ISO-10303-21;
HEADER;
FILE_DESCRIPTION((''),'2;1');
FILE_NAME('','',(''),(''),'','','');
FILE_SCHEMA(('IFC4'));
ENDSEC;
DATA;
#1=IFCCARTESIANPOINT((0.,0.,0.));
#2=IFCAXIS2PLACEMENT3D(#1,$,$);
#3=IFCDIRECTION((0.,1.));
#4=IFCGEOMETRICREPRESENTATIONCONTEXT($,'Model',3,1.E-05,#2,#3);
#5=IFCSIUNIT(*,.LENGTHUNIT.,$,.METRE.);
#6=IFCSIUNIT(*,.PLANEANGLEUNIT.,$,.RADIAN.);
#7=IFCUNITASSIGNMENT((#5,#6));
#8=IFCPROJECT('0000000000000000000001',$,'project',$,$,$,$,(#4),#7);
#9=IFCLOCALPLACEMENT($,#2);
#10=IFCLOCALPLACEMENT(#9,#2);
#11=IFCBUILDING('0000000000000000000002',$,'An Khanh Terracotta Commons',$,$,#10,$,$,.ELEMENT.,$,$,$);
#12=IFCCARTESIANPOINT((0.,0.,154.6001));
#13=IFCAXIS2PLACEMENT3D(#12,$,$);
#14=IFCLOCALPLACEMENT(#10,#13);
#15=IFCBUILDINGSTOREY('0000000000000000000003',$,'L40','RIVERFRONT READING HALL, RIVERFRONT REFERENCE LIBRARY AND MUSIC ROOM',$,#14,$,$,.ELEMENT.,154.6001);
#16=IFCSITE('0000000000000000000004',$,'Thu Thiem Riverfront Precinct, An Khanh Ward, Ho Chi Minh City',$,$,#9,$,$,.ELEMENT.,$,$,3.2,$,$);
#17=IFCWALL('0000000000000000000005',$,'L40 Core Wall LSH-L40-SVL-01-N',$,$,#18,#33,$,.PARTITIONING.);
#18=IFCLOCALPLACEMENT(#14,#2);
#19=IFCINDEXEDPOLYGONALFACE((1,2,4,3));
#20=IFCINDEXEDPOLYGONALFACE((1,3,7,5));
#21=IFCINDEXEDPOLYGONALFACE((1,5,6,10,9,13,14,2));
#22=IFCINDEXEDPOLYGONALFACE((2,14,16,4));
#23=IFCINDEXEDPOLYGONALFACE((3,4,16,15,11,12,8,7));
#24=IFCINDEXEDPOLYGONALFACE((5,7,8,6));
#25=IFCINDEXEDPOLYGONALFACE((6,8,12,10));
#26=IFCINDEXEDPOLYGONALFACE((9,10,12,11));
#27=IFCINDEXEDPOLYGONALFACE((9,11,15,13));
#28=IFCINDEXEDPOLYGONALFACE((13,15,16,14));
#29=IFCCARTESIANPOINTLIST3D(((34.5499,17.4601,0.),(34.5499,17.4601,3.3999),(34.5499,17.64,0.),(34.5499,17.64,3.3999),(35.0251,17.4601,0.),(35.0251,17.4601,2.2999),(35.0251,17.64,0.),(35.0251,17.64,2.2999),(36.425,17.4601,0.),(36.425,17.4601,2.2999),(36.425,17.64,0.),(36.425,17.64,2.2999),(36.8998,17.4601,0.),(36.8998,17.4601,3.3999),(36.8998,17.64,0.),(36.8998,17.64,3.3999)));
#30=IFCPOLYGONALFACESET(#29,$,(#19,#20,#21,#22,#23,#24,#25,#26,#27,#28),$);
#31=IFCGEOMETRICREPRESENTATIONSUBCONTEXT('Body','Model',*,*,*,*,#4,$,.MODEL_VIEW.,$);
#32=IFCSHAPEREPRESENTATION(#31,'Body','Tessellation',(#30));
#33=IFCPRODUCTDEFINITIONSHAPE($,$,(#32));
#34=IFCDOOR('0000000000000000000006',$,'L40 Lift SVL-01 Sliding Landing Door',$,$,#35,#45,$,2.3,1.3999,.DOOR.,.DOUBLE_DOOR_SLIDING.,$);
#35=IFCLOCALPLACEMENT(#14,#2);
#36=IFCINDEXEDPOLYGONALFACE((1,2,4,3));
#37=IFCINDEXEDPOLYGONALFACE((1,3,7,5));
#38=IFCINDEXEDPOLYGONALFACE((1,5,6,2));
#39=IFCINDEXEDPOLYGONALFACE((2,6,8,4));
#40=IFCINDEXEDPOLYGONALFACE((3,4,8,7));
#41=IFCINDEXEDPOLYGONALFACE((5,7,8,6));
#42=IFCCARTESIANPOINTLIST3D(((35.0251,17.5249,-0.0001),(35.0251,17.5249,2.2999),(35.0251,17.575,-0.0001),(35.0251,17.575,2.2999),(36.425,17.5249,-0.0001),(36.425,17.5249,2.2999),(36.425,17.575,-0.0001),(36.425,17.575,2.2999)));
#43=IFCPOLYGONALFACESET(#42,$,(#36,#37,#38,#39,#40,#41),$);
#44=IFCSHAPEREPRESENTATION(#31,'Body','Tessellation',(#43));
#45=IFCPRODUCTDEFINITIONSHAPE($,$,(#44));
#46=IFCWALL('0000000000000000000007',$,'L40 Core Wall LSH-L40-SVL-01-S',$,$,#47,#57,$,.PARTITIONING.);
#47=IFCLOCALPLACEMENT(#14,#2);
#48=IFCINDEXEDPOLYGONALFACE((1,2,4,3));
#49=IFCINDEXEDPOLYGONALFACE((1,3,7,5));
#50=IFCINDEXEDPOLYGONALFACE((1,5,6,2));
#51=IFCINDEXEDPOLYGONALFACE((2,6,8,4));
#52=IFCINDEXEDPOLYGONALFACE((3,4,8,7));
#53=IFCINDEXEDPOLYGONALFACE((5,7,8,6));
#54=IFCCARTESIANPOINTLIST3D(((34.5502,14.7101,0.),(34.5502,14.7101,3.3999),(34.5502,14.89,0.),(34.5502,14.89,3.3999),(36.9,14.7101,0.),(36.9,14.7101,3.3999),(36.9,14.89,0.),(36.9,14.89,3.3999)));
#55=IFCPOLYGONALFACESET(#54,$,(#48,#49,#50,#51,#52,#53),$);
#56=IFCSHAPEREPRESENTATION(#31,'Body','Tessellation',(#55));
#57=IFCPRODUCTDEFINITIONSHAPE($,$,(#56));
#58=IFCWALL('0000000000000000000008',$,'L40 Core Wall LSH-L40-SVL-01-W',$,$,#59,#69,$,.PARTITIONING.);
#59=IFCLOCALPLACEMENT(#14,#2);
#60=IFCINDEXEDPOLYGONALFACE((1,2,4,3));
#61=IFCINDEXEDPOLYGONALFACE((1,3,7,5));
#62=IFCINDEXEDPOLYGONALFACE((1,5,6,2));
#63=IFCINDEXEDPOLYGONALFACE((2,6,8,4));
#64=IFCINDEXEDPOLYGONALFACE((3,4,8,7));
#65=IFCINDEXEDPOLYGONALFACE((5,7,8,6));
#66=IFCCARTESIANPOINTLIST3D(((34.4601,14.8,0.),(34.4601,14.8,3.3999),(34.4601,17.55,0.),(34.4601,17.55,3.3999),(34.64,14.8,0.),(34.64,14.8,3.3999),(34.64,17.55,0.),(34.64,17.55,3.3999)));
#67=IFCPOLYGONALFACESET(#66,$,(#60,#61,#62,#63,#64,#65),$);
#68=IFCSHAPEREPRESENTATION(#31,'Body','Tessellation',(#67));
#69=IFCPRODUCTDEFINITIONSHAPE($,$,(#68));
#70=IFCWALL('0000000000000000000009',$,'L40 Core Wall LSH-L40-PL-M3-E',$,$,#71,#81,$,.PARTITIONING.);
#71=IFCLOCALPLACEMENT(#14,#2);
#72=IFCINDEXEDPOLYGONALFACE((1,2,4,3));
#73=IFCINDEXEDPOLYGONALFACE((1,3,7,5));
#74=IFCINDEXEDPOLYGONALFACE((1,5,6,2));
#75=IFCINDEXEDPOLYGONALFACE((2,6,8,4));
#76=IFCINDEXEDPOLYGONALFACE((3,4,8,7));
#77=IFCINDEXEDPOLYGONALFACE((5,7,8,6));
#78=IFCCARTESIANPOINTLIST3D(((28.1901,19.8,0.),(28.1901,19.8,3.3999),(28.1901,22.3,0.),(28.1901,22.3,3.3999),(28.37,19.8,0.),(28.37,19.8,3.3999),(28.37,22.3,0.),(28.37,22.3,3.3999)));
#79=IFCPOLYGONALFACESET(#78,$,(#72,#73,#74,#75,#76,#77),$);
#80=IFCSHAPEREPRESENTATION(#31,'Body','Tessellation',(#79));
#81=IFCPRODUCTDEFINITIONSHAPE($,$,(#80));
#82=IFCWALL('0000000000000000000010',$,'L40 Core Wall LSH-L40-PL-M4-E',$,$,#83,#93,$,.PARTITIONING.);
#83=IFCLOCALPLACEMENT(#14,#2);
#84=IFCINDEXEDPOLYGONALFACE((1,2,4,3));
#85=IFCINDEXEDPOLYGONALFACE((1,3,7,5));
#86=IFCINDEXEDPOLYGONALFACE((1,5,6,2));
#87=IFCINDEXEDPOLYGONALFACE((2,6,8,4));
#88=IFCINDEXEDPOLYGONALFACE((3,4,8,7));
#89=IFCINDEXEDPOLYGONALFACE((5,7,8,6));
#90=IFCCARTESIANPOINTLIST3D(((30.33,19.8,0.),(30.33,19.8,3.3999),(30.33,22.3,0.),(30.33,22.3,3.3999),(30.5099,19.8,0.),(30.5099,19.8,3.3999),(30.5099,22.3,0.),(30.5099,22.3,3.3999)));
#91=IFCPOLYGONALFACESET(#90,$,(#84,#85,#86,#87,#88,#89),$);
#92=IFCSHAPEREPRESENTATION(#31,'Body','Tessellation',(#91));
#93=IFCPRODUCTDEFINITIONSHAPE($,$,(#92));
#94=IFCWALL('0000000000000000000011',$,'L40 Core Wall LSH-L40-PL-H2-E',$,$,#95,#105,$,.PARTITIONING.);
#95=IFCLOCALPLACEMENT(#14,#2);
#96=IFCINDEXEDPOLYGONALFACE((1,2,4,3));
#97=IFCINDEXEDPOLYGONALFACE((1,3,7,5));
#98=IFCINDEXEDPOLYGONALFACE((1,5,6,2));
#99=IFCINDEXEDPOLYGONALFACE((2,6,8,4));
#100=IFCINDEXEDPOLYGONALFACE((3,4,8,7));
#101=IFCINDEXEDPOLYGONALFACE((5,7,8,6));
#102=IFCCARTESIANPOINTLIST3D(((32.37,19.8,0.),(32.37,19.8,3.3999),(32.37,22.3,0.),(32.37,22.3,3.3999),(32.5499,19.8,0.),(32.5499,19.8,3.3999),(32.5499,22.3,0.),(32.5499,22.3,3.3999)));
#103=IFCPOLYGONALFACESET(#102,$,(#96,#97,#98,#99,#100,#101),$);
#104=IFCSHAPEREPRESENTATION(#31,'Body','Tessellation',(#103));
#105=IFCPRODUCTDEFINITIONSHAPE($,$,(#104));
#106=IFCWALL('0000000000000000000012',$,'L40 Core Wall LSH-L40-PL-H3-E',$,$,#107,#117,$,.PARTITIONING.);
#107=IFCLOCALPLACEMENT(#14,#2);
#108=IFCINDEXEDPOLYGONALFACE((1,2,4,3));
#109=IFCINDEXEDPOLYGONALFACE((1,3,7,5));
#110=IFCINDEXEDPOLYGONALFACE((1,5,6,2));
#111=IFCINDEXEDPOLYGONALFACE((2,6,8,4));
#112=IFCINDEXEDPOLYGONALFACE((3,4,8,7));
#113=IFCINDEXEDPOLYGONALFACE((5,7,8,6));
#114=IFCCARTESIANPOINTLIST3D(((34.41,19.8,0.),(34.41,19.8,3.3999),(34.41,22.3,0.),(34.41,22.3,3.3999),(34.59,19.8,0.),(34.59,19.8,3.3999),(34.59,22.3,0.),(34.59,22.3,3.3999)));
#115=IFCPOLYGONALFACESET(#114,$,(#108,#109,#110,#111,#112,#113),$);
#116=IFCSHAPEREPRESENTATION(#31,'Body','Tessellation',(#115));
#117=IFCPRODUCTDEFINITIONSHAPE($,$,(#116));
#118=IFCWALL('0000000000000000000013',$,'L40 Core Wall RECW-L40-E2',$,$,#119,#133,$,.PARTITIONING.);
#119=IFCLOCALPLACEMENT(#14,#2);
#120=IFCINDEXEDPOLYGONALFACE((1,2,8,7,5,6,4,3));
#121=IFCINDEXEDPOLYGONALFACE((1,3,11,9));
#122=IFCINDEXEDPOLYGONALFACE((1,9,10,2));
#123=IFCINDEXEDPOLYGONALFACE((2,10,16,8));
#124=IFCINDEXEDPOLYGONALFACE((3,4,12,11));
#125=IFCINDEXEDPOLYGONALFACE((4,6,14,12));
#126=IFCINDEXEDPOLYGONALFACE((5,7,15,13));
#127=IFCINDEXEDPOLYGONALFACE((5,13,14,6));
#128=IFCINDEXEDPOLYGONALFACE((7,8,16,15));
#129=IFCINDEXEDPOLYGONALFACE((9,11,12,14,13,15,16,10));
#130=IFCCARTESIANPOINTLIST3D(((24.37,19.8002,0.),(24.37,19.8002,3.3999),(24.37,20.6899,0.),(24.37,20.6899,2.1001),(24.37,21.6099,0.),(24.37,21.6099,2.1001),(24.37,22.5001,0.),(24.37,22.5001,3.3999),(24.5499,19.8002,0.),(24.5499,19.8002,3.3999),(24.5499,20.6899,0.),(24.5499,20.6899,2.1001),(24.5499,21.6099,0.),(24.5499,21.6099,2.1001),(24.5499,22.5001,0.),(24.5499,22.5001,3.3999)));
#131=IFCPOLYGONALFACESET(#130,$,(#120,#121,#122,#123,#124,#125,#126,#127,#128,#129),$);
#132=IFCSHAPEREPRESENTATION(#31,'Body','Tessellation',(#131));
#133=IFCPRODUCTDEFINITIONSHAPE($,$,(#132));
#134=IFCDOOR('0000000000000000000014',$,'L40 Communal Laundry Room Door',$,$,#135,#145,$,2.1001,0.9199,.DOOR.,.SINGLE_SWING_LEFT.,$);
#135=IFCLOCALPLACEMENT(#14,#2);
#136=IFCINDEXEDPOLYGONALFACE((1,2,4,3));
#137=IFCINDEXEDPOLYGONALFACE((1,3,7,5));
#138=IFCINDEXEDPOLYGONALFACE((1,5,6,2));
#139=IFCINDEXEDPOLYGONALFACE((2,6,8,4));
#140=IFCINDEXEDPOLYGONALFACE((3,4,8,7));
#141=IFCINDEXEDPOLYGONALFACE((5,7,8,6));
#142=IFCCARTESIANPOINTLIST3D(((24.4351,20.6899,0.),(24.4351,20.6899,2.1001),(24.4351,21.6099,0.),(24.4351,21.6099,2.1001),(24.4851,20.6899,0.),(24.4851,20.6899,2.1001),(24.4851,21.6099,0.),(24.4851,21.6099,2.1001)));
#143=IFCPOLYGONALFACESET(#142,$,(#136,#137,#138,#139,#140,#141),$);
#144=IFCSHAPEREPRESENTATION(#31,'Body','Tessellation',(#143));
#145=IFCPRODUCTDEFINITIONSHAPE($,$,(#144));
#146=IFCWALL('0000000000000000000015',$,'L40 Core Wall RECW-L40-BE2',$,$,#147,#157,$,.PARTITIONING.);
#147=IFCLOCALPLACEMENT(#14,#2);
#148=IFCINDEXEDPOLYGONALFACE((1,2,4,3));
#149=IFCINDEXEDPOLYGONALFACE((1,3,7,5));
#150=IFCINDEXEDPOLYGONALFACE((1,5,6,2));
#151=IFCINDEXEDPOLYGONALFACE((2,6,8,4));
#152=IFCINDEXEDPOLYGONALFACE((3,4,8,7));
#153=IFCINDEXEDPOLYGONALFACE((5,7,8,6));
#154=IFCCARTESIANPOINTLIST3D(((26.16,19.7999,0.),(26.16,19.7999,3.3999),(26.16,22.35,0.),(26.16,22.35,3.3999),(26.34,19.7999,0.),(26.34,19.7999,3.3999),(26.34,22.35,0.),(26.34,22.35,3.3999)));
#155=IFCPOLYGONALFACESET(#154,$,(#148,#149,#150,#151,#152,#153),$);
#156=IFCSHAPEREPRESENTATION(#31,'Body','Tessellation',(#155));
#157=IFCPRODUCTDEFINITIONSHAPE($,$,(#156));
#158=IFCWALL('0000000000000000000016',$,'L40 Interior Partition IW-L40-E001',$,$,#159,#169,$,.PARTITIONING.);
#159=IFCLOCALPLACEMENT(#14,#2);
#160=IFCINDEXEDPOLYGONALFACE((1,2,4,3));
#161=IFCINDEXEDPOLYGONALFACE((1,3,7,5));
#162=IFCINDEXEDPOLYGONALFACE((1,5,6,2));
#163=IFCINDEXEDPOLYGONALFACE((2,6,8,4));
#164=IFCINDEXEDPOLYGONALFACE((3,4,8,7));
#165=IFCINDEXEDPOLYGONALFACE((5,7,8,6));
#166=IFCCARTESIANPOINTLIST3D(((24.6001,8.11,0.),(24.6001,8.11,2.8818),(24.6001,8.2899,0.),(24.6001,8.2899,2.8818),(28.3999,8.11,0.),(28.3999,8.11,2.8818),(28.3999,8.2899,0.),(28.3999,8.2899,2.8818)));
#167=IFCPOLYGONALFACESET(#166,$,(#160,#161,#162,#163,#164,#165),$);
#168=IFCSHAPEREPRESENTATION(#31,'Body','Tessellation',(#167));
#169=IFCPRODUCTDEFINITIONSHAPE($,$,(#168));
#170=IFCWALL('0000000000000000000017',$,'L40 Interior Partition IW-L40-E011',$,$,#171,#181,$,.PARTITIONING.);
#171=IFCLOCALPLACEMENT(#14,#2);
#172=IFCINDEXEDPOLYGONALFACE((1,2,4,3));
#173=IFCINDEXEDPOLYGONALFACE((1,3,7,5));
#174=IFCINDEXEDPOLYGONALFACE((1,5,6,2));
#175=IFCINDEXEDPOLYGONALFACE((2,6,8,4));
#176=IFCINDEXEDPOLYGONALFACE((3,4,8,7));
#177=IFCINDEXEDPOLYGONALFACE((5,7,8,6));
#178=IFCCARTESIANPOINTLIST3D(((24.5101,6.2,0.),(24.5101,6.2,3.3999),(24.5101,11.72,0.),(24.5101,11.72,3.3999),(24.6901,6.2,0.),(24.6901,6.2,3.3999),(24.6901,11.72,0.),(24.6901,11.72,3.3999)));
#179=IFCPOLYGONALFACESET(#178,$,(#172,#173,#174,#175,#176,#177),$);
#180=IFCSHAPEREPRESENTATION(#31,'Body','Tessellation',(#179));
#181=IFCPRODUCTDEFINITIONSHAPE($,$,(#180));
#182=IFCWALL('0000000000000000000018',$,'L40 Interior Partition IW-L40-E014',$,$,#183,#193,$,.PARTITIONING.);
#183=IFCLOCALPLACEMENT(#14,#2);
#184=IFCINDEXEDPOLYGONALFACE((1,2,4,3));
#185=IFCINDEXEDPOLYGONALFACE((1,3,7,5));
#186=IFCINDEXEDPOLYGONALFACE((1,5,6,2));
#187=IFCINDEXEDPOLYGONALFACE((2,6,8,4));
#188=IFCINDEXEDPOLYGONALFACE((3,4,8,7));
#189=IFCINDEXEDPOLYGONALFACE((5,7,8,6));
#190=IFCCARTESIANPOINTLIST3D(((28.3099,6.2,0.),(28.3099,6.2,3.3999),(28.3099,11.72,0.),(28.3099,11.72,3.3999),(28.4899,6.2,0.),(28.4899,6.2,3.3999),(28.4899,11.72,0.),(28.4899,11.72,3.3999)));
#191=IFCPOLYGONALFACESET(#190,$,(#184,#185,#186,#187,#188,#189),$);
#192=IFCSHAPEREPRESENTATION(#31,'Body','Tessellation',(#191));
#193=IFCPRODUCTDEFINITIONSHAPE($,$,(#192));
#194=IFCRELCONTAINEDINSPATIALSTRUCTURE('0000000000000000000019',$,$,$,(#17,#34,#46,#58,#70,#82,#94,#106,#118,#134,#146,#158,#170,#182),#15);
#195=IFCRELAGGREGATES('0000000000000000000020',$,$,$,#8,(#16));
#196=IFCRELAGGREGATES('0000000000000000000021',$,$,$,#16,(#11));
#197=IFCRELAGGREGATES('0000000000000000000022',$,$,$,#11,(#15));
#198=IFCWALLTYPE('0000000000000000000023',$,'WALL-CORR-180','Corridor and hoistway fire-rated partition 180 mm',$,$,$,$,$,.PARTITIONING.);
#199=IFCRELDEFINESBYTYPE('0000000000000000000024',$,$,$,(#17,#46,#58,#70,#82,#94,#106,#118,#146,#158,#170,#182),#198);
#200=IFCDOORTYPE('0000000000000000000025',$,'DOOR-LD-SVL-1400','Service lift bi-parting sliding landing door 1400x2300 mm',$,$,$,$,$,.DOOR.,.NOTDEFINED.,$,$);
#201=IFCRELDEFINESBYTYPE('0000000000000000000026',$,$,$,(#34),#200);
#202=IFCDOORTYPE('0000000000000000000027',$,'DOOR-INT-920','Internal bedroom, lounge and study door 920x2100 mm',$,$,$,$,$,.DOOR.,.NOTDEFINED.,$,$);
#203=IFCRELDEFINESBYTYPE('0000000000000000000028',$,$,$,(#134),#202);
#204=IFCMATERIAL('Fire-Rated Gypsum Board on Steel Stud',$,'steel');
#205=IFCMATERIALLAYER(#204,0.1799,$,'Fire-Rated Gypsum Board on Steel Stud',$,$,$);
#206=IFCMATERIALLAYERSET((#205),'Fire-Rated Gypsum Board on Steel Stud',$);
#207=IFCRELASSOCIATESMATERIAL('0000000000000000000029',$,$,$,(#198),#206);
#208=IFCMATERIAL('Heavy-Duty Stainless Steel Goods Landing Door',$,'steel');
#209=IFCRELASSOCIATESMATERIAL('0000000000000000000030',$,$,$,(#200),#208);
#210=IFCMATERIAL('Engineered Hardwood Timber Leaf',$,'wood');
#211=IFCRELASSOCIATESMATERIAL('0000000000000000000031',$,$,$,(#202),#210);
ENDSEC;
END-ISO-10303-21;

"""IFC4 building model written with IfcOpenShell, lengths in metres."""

from ifc_helpers import new_model, si_unit, direction, frame, frame_2d, origin, place, context, subcontext, project, spatial, rectangle, extrude, material, layer, layer_set, type_object, element, fill, save


model = new_model("IFC4")

# Units and contexts
model_context = context("Model", 3, precision=1e-05, world=origin(), true_north=direction((0.0, 1.0)))
body_context = subcontext(model_context, "Body", "Model", "MODEL_VIEW")
ifc_project = project(units=[si_unit("LENGTHUNIT", "METRE"), si_unit("PLANEANGLEUNIT", "RADIAN")], contexts=[model_context])

# Site, building, storey
site_placement = place(None, origin())
site = spatial("IfcSite", under=ifc_project, at=site_placement, Name="Thu Thiem Riverfront Precinct, An Khanh Ward, Ho Chi Minh City", CompositionType="ELEMENT", RefElevation=3.2)
building_placement = place(site_placement, origin())
building = spatial("IfcBuilding", under=site, at=building_placement, Name="An Khanh Terracotta Commons", CompositionType="ELEMENT")
storey_placement = place(building_placement, frame((0.0, 0.0, 154.6001)))
storey = spatial("IfcBuildingStorey", under=building, at=storey_placement, Name="L40", Description="RIVERFRONT READING HALL, RIVERFRONT REFERENCE LIBRARY AND MUSIC ROOM", CompositionType="ELEMENT", Elevation=154.6001)

# Wall, opening, door
ifc_material_1 = material(Name="Fire-Rated Gypsum Board on Steel Stud", Category="steel")
ifc_layer_1 = layer(ifc_material_1, 0.1799, Name="Fire-Rated Gypsum Board on Steel Stud")
ifc_layer_set_1 = layer_set([ifc_layer_1], Name="Fire-Rated Gypsum Board on Steel Stud")
wall_type_1 = type_object("IfcWallType", Name="WALL-CORR-180", Description="Corridor and hoistway fire-rated partition 180 mm", PredefinedType="PARTITIONING", material=ifc_layer_set_1)
wall_1_placement = place(storey_placement, frame((34.55, 17.55, 0.0), z_axis=(0.0, 0.0, 1.0), x_axis=(1.0, 0.0, 0.0)))
wall_1 = element("IfcWall", 1, at=wall_1_placement, inside=storey, type_object=wall_type_1, Name="L40 Core Wall LSH-L40-SVL-01-N", PredefinedType="PARTITIONING", context=body_context, shape_type="SweptSolid", body=[
    extrude(rectangle(XDim=2.3499, YDim=0.1799, at=frame_2d((1.1748, 0.0))), origin(), (0.0, 0.0, 1.0), 3.3999),
])
opening_1_placement = place(wall_1_placement, frame((0.4751, 0.0, 0.0)))
opening_1 = element("IfcOpeningElement", 2, at=opening_1_placement, cuts=wall_1, PredefinedType="OPENING", context=body_context, shape_type="SweptSolid", body=[
    extrude(rectangle(XDim=1.3999, YDim=2.3, at=frame_2d((0.7, 1.1499))), frame((0.0, 0.0999, 0.0), z_axis=(0.0, -1.0, 0.0), x_axis=(1.0, 0.0, 0.0)), (0.0, 0.0, 1.0), 0.2),
])
ifc_material_2 = material(Name="Heavy-Duty Stainless Steel Goods Landing Door", Category="steel")
door_type_1 = type_object("IfcDoorType", Name="DOOR-LD-SVL-1400", Description="Service lift bi-parting sliding landing door 1400x2300 mm", OperationType="NOTDEFINED", PredefinedType="DOOR", material=ifc_material_2)
door_1_placement = place(opening_1_placement, origin())
door_1 = element("IfcDoor", 3, at=door_1_placement, inside=storey, type_object=door_type_1, Name="L40 Lift SVL-01 Sliding Landing Door", OperationType="DOUBLE_DOOR_SLIDING", OverallHeight=2.3, OverallWidth=1.3999, PredefinedType="DOOR", context=body_context, shape_type="SweptSolid", body=[
    extrude(rectangle(XDim=1.3999, YDim=2.3, at=frame_2d((0.7, 1.1499))), frame((0.0, 0.0249, 0.0), z_axis=(0.0, -1.0, 0.0), x_axis=(1.0, 0.0, 0.0)), (0.0, 0.0, 1.0), 0.05),
])
fill(opening_1, door_1)

# Walls
wall_2_placement = place(storey_placement, frame((36.8999, 14.8, 0.0), z_axis=(0.0, 0.0, 1.0), x_axis=(-1.0, 0.0, 0.0)))
element("IfcWall", 4, at=wall_2_placement, inside=storey, type_object=wall_type_1, Name="L40 Core Wall LSH-L40-SVL-01-S", PredefinedType="PARTITIONING", context=body_context, shape_type="SweptSolid", body=[
    extrude(rectangle(XDim=2.3499, YDim=0.1799, at=frame_2d((1.1748, 0.0))), origin(), (0.0, 0.0, 1.0), 3.3999),
])
wall_3_placement = place(storey_placement, frame((34.55, 17.55, 0.0), z_axis=(0.0, 0.0, 1.0), x_axis=(0.0, -1.0, 0.0)))
element("IfcWall", 5, at=wall_3_placement, inside=storey, type_object=wall_type_1, Name="L40 Core Wall LSH-L40-SVL-01-W", PredefinedType="PARTITIONING", context=body_context, shape_type="SweptSolid", body=[
    extrude(rectangle(XDim=2.75, YDim=0.1799, at=frame_2d((1.375, 0.0))), origin(), (0.0, 0.0, 1.0), 3.3999),
])
for number, where, z_axis, x_axis, name in (
    (6, (28.28, 19.8, 0.0), (0.0, 0.0, 1.0), (0.0, 1.0, 0.0), "L40 Core Wall LSH-L40-PL-M3-E"),
    (7, (30.4199, 19.8, 0.0), (0.0, 0.0, 1.0), (0.0, 1.0, 0.0), "L40 Core Wall LSH-L40-PL-M4-E"),
    (8, (32.46, 19.8, 0.0), (0.0, 0.0, 1.0), (0.0, 1.0, 0.0), "L40 Core Wall LSH-L40-PL-H2-E"),
    (9, (34.5, 19.8, 0.0), (0.0, 0.0, 1.0), (0.0, 1.0, 0.0), "L40 Core Wall LSH-L40-PL-H3-E"),
):
    element("IfcWall", number, at=place(storey_placement, frame(where, z_axis=z_axis, x_axis=x_axis)), inside=storey, type_object=wall_type_1, Name=name, PredefinedType="PARTITIONING", context=body_context, shape_type="SweptSolid", body=[
        extrude(rectangle(XDim=2.5, YDim=0.1799, at=frame_2d((1.25, 0.0))), origin(), (0.0, 0.0, 1.0), 3.3999),
    ])

# Wall, opening, door
wall_4_placement = place(storey_placement, frame((24.46, 19.8, 0.0), z_axis=(0.0, 0.0, 1.0), x_axis=(0.0, 1.0, 0.0)))
wall_4 = element("IfcWall", 10, at=wall_4_placement, inside=storey, type_object=wall_type_1, Name="L40 Core Wall RECW-L40-E2", PredefinedType="PARTITIONING", context=body_context, shape_type="SweptSolid", body=[
    extrude(rectangle(XDim=2.7, YDim=0.1799, at=frame_2d((1.3501, 0.0))), origin(), (0.0, 0.0, 1.0), 3.3999),
])
opening_2_placement = place(wall_4_placement, frame((0.8899, 0.0, 0.0)))
opening_2 = element("IfcOpeningElement", 11, at=opening_2_placement, cuts=wall_4, PredefinedType="OPENING", context=body_context, shape_type="SweptSolid", body=[
    extrude(rectangle(XDim=0.9199, YDim=2.1001, at=frame_2d((0.46, 1.05))), frame((0.0, 0.0999, 0.0), z_axis=(0.0, -1.0, 0.0), x_axis=(1.0, 0.0, 0.0)), (0.0, 0.0, 1.0), 0.2),
])
ifc_material_3 = material(Name="Engineered Hardwood Timber Leaf", Category="wood")
door_type_2 = type_object("IfcDoorType", Name="DOOR-INT-920", Description="Internal bedroom, lounge and study door 920x2100 mm", OperationType="NOTDEFINED", PredefinedType="DOOR", material=ifc_material_3)
door_2_placement = place(opening_2_placement, origin())
door_2 = element("IfcDoor", 12, at=door_2_placement, inside=storey, type_object=door_type_2, Name="L40 Communal Laundry Room Door", OperationType="SINGLE_SWING_LEFT", OverallHeight=2.1001, OverallWidth=0.9199, PredefinedType="DOOR", context=body_context, shape_type="SweptSolid", body=[
    extrude(rectangle(XDim=0.9199, YDim=2.1001, at=frame_2d((0.46, 1.05))), frame((0.0, 0.0249, 0.0), z_axis=(0.0, -1.0, 0.0), x_axis=(1.0, 0.0, 0.0)), (0.0, 0.0, 1.0), 0.05),
])
fill(opening_2, door_2)

# Walls
wall_5_placement = place(storey_placement, frame((26.25, 19.8, 0.0), z_axis=(0.0, 0.0, 1.0), x_axis=(0.0, 1.0, 0.0)))
element("IfcWall", 13, at=wall_5_placement, inside=storey, type_object=wall_type_1, Name="L40 Core Wall RECW-L40-BE2", PredefinedType="PARTITIONING", context=body_context, shape_type="SweptSolid", body=[
    extrude(rectangle(XDim=2.55, YDim=0.1799, at=frame_2d((1.2749, 0.0))), origin(), (0.0, 0.0, 1.0), 3.3999),
])
wall_6_placement = place(storey_placement, frame((24.6001, 8.2, 0.0), z_axis=(0.0, 0.0, 1.0), x_axis=(1.0, 0.0, 0.0)))
element("IfcWall", 14, at=wall_6_placement, inside=storey, type_object=wall_type_1, Name="L40 Interior Partition IW-L40-E001", PredefinedType="PARTITIONING", context=body_context, shape_type="SweptSolid", body=[
    extrude(rectangle(XDim=3.7998, YDim=0.1799, at=frame_2d((1.8999, 0.0))), origin(), (0.0, 0.0, 1.0), 2.8818),
])
for number, where, z_axis, x_axis, name in (
    (15, (24.6001, 6.2, 0.0), (0.0, 0.0, 1.0), (0.0, 1.0, 0.0), "L40 Interior Partition IW-L40-E011"),
    (16, (28.3999, 6.2, 0.0), (0.0, 0.0, 1.0), (0.0, 1.0, 0.0), "L40 Interior Partition IW-L40-E014"),
):
    element("IfcWall", number, at=place(storey_placement, frame(where, z_axis=z_axis, x_axis=x_axis)), inside=storey, type_object=wall_type_1, Name=name, PredefinedType="PARTITIONING", context=body_context, shape_type="SweptSolid", body=[
        extrude(rectangle(XDim=5.52, YDim=0.1799, at=frame_2d((2.76, 0.0))), origin(), (0.0, 0.0, 1.0), 3.3999),
    ])

save(model, "model.ifc")
